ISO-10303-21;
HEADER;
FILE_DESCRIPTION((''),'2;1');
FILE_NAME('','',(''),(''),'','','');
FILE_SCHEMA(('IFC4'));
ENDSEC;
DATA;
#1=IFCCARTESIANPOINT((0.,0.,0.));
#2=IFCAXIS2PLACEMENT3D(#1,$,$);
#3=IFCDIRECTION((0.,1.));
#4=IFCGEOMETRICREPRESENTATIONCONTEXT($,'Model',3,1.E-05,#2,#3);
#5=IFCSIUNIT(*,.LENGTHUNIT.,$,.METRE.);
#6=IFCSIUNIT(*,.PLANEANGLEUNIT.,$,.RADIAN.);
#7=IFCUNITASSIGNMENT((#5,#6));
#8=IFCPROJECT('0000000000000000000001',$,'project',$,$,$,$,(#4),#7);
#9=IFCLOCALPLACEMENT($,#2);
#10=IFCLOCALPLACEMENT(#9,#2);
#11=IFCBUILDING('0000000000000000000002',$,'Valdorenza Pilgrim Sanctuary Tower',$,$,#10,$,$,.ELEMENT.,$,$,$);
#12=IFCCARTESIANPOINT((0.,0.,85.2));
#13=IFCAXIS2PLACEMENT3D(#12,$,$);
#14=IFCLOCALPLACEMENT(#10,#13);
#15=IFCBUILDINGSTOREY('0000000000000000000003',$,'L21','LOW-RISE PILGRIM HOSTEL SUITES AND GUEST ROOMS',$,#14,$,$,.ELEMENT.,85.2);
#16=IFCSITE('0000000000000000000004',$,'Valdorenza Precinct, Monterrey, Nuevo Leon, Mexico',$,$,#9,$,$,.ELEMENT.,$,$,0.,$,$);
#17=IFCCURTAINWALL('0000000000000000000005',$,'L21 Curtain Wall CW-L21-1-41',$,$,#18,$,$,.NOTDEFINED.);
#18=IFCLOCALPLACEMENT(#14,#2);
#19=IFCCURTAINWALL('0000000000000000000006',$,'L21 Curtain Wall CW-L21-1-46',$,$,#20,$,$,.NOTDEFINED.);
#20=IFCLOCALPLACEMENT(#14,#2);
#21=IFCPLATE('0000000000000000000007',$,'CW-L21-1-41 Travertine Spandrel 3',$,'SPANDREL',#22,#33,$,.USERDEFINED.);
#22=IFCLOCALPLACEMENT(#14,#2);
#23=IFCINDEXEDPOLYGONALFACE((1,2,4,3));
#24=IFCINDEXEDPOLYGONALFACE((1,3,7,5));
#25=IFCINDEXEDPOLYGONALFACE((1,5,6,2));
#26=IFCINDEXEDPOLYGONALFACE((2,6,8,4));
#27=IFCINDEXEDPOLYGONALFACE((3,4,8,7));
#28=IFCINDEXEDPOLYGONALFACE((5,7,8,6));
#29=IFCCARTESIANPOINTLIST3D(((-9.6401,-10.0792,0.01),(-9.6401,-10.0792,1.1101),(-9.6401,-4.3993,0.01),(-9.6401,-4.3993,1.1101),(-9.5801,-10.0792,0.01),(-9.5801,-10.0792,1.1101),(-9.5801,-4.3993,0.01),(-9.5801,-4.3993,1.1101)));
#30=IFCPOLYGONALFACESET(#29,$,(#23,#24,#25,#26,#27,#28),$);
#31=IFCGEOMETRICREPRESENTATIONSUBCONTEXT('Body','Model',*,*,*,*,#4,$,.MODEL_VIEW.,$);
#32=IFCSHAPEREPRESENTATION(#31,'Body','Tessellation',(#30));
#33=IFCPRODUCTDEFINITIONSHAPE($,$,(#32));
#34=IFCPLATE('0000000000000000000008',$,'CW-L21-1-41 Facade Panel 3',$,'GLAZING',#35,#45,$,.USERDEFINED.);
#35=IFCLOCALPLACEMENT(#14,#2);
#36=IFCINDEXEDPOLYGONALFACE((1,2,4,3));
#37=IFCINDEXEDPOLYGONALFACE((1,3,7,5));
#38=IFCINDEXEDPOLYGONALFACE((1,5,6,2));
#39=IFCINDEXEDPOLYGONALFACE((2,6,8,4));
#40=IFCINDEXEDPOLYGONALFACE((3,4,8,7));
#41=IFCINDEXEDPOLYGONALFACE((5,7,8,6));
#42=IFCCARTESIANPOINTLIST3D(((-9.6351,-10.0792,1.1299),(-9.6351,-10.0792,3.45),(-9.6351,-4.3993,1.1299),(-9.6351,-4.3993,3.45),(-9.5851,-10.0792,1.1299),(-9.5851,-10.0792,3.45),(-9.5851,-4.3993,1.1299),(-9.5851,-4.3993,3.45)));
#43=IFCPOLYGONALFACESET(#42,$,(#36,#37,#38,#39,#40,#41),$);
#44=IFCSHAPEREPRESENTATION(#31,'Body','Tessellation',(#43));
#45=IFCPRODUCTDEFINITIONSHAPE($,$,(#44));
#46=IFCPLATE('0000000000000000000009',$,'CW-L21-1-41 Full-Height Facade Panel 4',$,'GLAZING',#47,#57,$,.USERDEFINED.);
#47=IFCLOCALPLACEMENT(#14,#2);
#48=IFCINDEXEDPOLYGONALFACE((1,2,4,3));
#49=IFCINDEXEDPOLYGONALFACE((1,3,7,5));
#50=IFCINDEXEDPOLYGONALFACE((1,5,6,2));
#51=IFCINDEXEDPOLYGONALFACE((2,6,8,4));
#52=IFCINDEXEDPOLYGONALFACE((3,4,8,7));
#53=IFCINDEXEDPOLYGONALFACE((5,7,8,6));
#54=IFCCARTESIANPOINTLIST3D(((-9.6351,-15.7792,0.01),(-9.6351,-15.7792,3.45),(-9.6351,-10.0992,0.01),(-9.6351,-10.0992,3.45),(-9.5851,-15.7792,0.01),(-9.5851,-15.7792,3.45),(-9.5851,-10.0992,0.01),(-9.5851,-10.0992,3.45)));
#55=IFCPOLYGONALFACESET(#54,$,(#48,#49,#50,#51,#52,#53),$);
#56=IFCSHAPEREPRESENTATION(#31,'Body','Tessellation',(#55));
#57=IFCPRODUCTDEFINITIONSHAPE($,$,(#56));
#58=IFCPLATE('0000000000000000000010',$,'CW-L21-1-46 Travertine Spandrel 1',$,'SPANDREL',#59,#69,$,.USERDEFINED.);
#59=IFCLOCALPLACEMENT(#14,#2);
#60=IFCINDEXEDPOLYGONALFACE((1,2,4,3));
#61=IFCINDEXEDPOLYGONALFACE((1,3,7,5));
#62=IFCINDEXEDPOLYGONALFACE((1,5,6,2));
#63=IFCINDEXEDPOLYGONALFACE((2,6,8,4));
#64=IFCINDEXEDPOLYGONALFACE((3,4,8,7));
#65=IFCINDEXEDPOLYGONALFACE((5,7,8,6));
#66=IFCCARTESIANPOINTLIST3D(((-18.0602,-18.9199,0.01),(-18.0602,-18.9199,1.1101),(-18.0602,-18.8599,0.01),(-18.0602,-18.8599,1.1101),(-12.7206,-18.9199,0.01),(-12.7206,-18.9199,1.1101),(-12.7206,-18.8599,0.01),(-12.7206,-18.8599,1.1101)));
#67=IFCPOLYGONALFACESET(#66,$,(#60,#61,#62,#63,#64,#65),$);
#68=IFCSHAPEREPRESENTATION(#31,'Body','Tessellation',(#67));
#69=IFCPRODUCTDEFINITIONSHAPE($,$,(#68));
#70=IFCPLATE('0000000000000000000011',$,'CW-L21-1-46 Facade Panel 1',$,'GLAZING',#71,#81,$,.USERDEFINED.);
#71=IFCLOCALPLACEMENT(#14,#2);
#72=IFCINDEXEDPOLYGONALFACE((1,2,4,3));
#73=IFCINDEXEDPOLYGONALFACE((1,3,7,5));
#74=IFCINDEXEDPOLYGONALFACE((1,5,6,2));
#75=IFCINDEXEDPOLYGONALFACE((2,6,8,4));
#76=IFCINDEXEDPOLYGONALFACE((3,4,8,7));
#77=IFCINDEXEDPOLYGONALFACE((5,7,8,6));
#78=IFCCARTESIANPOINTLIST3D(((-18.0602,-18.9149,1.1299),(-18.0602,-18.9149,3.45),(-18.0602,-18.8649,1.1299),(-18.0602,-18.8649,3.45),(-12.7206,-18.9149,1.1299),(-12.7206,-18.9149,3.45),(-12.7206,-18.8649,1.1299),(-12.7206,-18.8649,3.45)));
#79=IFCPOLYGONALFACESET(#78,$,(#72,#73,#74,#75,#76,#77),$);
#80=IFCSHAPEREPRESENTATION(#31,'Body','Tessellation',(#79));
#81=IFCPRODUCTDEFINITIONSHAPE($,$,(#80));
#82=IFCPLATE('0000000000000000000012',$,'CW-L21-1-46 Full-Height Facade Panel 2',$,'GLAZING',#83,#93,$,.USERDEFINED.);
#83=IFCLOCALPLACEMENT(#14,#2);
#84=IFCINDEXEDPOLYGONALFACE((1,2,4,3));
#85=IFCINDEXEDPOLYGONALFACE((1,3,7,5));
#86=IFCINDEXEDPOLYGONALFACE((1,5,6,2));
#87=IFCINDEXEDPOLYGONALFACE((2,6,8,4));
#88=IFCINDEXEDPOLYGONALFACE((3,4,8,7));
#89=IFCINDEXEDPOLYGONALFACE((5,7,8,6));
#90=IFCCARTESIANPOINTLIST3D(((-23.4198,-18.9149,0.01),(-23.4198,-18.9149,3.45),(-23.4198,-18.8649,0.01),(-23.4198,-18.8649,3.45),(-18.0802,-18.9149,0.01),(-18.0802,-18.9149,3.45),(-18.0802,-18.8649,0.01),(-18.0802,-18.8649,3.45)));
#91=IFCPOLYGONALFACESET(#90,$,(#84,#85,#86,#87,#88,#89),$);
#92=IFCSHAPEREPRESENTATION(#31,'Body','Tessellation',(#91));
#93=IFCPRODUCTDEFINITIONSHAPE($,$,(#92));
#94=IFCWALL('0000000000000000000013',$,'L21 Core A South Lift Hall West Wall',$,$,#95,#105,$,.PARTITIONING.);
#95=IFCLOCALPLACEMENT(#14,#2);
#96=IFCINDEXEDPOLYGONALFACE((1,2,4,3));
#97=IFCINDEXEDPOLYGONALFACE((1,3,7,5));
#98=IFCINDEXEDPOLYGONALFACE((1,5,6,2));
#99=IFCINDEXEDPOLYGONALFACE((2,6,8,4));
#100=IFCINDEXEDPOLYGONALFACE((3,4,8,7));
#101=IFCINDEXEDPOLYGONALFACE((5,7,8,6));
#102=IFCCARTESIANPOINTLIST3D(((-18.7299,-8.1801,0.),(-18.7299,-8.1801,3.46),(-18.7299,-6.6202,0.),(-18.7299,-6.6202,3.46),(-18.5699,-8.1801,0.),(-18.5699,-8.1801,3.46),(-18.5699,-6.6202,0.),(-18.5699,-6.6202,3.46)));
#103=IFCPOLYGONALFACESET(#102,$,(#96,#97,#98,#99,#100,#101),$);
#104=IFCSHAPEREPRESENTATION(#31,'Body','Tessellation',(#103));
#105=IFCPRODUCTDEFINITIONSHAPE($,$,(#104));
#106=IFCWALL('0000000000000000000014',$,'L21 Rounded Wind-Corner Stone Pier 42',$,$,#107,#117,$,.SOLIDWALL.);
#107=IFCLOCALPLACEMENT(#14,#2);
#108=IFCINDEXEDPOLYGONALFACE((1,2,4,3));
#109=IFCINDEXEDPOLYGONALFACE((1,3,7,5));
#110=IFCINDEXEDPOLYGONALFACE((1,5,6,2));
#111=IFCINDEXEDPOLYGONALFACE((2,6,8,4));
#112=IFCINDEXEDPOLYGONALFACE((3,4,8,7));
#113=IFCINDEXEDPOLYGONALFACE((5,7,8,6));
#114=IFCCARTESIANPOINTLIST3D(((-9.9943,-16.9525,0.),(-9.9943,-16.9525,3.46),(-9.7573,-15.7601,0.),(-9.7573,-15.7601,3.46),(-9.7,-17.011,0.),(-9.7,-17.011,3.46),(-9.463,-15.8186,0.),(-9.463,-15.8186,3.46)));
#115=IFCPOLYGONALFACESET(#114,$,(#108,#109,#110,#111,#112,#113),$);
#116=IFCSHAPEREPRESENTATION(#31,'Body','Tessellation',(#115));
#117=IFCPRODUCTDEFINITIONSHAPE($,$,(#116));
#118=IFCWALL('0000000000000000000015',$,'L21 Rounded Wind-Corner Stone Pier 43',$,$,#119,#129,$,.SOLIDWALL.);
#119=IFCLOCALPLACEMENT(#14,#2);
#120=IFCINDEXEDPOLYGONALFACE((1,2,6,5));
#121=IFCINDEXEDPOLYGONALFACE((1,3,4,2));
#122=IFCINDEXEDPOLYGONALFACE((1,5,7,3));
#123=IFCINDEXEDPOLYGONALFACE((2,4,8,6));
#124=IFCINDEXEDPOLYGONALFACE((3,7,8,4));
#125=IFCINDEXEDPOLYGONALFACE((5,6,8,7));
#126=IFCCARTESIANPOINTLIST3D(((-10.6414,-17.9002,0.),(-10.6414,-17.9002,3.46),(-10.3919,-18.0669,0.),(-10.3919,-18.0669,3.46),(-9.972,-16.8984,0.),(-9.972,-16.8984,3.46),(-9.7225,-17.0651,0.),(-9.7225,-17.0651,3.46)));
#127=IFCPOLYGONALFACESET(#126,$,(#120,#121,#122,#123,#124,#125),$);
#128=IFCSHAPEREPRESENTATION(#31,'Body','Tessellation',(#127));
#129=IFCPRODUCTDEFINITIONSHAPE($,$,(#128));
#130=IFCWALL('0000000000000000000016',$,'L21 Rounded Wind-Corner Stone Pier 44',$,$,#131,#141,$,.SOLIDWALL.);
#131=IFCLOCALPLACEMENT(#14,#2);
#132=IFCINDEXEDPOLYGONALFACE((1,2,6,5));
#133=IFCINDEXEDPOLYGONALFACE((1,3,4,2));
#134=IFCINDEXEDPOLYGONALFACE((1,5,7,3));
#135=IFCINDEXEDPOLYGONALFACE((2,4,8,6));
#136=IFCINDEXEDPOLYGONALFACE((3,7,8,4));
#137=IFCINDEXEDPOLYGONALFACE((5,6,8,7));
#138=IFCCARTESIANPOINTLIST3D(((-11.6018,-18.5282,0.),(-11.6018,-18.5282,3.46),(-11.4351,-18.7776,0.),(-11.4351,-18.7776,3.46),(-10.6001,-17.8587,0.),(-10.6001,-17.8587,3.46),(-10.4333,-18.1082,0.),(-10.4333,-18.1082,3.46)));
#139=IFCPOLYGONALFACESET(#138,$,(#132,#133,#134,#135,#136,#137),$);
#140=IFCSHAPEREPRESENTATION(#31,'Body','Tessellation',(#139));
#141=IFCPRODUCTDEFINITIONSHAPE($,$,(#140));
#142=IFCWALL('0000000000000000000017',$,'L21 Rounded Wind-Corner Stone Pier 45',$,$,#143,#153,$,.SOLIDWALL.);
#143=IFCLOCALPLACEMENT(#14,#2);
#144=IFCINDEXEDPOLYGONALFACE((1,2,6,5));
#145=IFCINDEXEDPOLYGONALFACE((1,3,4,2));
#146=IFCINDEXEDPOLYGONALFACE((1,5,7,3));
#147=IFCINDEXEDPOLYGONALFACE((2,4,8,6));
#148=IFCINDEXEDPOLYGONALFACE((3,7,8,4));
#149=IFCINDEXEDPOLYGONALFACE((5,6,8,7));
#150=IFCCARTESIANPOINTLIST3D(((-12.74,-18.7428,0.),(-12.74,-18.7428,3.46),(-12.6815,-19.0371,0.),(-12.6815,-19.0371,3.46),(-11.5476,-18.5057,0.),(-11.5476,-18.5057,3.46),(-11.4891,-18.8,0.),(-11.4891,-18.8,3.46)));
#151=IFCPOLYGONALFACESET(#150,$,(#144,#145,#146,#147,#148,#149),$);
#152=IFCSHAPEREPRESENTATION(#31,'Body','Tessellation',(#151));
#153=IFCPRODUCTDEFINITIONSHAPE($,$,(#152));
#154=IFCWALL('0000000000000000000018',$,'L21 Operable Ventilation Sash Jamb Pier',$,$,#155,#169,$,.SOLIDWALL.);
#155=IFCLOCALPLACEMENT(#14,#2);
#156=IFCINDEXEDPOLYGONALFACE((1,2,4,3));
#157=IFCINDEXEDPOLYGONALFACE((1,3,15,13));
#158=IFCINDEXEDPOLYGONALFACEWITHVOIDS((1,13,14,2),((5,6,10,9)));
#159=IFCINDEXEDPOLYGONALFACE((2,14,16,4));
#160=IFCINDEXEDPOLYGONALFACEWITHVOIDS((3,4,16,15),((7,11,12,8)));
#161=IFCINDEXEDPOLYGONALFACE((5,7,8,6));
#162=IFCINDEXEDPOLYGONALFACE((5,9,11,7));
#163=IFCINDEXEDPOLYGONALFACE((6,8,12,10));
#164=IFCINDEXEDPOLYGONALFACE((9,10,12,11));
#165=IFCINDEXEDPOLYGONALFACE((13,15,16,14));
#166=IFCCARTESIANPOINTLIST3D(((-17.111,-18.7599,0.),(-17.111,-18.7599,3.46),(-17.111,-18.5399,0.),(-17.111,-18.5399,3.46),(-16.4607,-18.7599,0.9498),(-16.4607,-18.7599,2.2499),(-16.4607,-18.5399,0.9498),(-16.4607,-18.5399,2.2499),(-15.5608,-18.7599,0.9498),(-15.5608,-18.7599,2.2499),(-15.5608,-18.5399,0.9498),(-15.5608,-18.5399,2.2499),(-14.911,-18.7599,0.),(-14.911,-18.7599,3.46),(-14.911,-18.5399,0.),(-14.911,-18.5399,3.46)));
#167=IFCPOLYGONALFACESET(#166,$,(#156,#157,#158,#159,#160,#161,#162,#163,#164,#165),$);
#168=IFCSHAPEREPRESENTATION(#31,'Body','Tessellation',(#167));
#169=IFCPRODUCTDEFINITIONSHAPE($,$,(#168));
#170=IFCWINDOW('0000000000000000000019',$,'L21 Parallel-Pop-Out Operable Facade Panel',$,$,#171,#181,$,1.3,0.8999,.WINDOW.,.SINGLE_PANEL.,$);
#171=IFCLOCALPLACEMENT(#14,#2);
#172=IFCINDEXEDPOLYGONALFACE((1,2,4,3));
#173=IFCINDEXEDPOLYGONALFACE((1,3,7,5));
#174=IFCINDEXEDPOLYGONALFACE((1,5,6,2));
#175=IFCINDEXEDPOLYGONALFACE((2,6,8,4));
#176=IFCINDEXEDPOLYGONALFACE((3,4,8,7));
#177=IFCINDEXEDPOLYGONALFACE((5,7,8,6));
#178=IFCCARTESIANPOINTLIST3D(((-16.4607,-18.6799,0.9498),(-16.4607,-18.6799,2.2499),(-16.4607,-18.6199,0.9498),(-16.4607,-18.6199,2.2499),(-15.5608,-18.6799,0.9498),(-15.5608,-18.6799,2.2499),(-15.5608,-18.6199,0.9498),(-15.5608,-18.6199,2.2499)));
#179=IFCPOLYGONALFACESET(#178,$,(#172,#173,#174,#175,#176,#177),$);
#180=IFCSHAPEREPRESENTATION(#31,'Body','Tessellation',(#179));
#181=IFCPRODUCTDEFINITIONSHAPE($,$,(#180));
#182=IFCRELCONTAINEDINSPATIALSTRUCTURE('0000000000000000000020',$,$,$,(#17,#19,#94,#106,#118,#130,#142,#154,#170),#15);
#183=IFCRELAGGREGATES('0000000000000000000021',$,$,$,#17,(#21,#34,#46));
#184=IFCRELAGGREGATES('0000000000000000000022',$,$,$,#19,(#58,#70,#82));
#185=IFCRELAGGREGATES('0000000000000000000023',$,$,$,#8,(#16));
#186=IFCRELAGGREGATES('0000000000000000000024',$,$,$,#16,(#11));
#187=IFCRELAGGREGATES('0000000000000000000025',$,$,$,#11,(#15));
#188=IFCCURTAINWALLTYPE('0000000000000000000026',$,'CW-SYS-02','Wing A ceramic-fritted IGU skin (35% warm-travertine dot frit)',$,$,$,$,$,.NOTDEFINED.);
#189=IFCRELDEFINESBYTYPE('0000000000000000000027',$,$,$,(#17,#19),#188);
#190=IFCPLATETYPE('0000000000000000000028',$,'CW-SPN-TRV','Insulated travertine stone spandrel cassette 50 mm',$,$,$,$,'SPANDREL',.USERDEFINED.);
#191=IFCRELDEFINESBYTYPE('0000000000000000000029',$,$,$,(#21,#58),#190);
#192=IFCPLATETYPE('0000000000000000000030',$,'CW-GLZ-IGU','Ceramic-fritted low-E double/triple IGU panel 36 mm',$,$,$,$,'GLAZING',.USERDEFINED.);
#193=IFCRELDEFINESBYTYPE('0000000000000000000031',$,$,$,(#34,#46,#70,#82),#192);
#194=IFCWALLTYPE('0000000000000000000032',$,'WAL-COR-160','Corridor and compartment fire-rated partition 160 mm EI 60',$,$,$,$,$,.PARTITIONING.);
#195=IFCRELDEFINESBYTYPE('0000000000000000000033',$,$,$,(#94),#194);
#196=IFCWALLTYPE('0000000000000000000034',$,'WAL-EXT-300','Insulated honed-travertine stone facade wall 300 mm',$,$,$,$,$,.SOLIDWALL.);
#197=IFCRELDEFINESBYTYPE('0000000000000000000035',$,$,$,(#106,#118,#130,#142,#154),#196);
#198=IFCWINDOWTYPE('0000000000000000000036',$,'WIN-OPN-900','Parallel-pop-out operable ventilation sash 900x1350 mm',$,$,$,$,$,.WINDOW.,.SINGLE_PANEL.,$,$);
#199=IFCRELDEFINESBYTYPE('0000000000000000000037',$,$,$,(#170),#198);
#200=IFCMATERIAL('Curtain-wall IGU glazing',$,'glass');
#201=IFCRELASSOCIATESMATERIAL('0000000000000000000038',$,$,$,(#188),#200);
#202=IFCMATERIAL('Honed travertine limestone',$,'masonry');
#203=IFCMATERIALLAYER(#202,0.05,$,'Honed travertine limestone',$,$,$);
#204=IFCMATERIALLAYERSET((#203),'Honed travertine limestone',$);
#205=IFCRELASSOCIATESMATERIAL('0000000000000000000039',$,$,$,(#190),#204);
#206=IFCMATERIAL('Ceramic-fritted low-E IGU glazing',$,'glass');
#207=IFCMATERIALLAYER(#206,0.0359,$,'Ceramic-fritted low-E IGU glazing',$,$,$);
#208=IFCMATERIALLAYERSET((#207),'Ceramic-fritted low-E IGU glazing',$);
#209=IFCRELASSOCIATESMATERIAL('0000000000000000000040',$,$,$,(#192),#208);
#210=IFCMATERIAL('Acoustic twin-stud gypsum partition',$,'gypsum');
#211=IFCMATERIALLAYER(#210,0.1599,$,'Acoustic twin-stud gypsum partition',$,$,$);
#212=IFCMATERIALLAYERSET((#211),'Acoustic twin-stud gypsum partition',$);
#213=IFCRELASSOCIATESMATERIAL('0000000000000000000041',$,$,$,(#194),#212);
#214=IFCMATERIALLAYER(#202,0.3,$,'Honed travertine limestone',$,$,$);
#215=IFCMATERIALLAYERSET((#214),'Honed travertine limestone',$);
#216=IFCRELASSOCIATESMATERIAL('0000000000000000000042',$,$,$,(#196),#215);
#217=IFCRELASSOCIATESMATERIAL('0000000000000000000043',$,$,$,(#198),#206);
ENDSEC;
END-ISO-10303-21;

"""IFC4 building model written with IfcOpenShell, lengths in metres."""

from ifc_helpers import new_model, si_unit, direction, frame, frame_2d, origin, origin_2d, place, context, subcontext, project, spatial, rectangle, extrude, source, transform, mapped, material, layer, layer_set, type_object, element, fill, aggregate, save


model = new_model("IFC4")

# Units and contexts
model_context = context("Model", 3, precision=1e-05, world=origin(), true_north=direction((0.0, 1.0)))
body_context = subcontext(model_context, "Body", "Model", "MODEL_VIEW")
ifc_project = project(units=[si_unit("LENGTHUNIT", "METRE"), si_unit("PLANEANGLEUNIT", "RADIAN")], contexts=[model_context])

# Site, building, storey
site_placement = place(None, origin())
site = spatial("IfcSite", under=ifc_project, at=site_placement, Name="Valdorenza Precinct, Monterrey, Nuevo Leon, Mexico", CompositionType="ELEMENT", RefElevation=0.0)
building_placement = place(site_placement, origin())
building = spatial("IfcBuilding", under=site, at=building_placement, Name="Valdorenza Pilgrim Sanctuary Tower", CompositionType="ELEMENT")
storey_placement = place(building_placement, frame((0.0, 0.0, 85.2)))
storey = spatial("IfcBuildingStorey", under=building, at=storey_placement, Name="L21", Description="LOW-RISE PILGRIM HOSTEL SUITES AND GUEST ROOMS", CompositionType="ELEMENT", Elevation=85.2)

# Curtain walls
ifc_material_1 = material(Name="Curtain-wall IGU glazing", Category="glass")
curtain_wall_type = type_object("IfcCurtainWallType", Name="CW-SYS-02", Description="Wing A ceramic-fritted IGU skin (35% warm-travertine dot frit)", PredefinedType="NOTDEFINED", material=ifc_material_1)
curtain_wall_1_placement = place(storey_placement, origin())
curtain_wall_1 = element("IfcCurtainWall", 1, at=curtain_wall_1_placement, inside=storey, type_object=curtain_wall_type, Name="L21 Curtain Wall CW-L21-1-41", PredefinedType="NOTDEFINED")
curtain_wall_2_placement = place(storey_placement, origin())
curtain_wall_2 = element("IfcCurtainWall", 2, at=curtain_wall_2_placement, inside=storey, type_object=curtain_wall_type, Name="L21 Curtain Wall CW-L21-1-46", PredefinedType="NOTDEFINED")

# Plates
ifc_material_2 = material(Name="Honed travertine limestone", Category="masonry")
ifc_layer_1 = layer(ifc_material_2, 0.05, Name="Honed travertine limestone")
ifc_layer_set_1 = layer_set([ifc_layer_1], Name="Honed travertine limestone")
plate_type_1 = type_object("IfcPlateType", Name="CW-SPN-TRV", Description="Insulated travertine stone spandrel cassette 50 mm", ElementType="SPANDREL", PredefinedType="USERDEFINED", material=ifc_layer_set_1)
shared_shape_1 = source(origin(), body_context, "Body", "SweptSolid", [
    extrude(rectangle(XDim=5.6799, YDim=0.0601, at=origin_2d()), origin(), (0.0, 0.0, 1.0), 1.1001),
])
plate_1_placement = place(storey_placement, frame((-9.6101, -7.2393, 0.01), z_axis=(0.0, 0.0, 1.0), x_axis=(0.0, -1.0, 0.0)))
plate_1 = element("IfcPlate", 3, at=plate_1_placement, type_object=plate_type_1, Name="CW-L21-1-41 Travertine Spandrel 3", ObjectType="SPANDREL", PredefinedType="USERDEFINED", context=body_context, shape_type="MappedRepresentation", body=[
    mapped(shared_shape_1, transform((0.0, 0.0, 0.0), x_axis=(1.0, 0.0, 0.0), y_axis=(0.0, 1.0, 0.0), z_axis=(0.0, 0.0, 1.0), scale=1.0)),
])
ifc_material_3 = material(Name="Ceramic-fritted low-E IGU glazing", Category="glass")
ifc_layer_2 = layer(ifc_material_3, 0.0359, Name="Ceramic-fritted low-E IGU glazing")
ifc_layer_set_2 = layer_set([ifc_layer_2], Name="Ceramic-fritted low-E IGU glazing")
plate_type_2 = type_object("IfcPlateType", Name="CW-GLZ-IGU", Description="Ceramic-fritted low-E double/triple IGU panel 36 mm", ElementType="GLAZING", PredefinedType="USERDEFINED", material=ifc_layer_set_2)
shared_shape_2 = source(origin(), body_context, "Body", "SweptSolid", [
    extrude(rectangle(XDim=5.6799, YDim=0.05, at=origin_2d()), origin(), (0.0, 0.0, 1.0), 2.3201),
])
plate_2_placement = place(storey_placement, frame((-9.6101, -7.2393, 1.1299), z_axis=(0.0, 0.0, 1.0), x_axis=(0.0, -1.0, 0.0)))
plate_2 = element("IfcPlate", 4, at=plate_2_placement, type_object=plate_type_2, Name="CW-L21-1-41 Facade Panel 3", ObjectType="GLAZING", PredefinedType="USERDEFINED", context=body_context, shape_type="MappedRepresentation", body=[
    mapped(shared_shape_2, transform((0.0, 0.0, 0.0), x_axis=(1.0, 0.0, 0.0), y_axis=(0.0, 1.0, 0.0), z_axis=(0.0, 0.0, 1.0), scale=1.0)),
])
shared_shape_3 = source(origin(), body_context, "Body", "SweptSolid", [
    extrude(rectangle(XDim=5.6799, YDim=0.05, at=origin_2d()), origin(), (0.0, 0.0, 1.0), 3.4399),
])
plate_3_placement = place(storey_placement, frame((-9.6101, -12.9392, 0.01), z_axis=(0.0, 0.0, 1.0), x_axis=(0.0, -1.0, 0.0)))
plate_3 = element("IfcPlate", 5, at=plate_3_placement, type_object=plate_type_2, Name="CW-L21-1-41 Full-Height Facade Panel 4", ObjectType="GLAZING", PredefinedType="USERDEFINED", context=body_context, shape_type="MappedRepresentation", body=[
    mapped(shared_shape_3, transform((0.0, 0.0, 0.0), x_axis=(1.0, 0.0, 0.0), y_axis=(0.0, 1.0, 0.0), z_axis=(0.0, 0.0, 1.0), scale=1.0)),
])
aggregate(curtain_wall_1, [plate_1, plate_2, plate_3])
shared_shape_4 = source(origin(), body_context, "Body", "SweptSolid", [
    extrude(rectangle(XDim=5.3396, YDim=0.0601, at=origin_2d()), origin(), (0.0, 0.0, 1.0), 1.1001),
])
plate_4_placement = place(storey_placement, frame((-15.3904, -18.8899, 0.01), z_axis=(0.0, 0.0, 1.0), x_axis=(-1.0, 0.0, 0.0)))
plate_4 = element("IfcPlate", 6, at=plate_4_placement, type_object=plate_type_1, Name="CW-L21-1-46 Travertine Spandrel 1", ObjectType="SPANDREL", PredefinedType="USERDEFINED", context=body_context, shape_type="MappedRepresentation", body=[
    mapped(shared_shape_4, transform((0.0, 0.0, 0.0), x_axis=(1.0, 0.0, 0.0), y_axis=(0.0, 1.0, 0.0), z_axis=(0.0, 0.0, 1.0), scale=1.0)),
])
shared_shape_5 = source(origin(), body_context, "Body", "SweptSolid", [
    extrude(rectangle(XDim=5.3396, YDim=0.05, at=origin_2d()), origin(), (0.0, 0.0, 1.0), 2.3201),
])
plate_5_placement = place(storey_placement, frame((-15.3904, -18.8899, 1.1299), z_axis=(0.0, 0.0, 1.0), x_axis=(-1.0, 0.0, 0.0)))
plate_5 = element("IfcPlate", 7, at=plate_5_placement, type_object=plate_type_2, Name="CW-L21-1-46 Facade Panel 1", ObjectType="GLAZING", PredefinedType="USERDEFINED", context=body_context, shape_type="MappedRepresentation", body=[
    mapped(shared_shape_5, transform((0.0, 0.0, 0.0), x_axis=(1.0, 0.0, 0.0), y_axis=(0.0, 1.0, 0.0), z_axis=(0.0, 0.0, 1.0), scale=1.0)),
])
shared_shape_6 = source(origin(), body_context, "Body", "SweptSolid", [
    extrude(rectangle(XDim=5.3396, YDim=0.05, at=origin_2d()), origin(), (0.0, 0.0, 1.0), 3.4399),
])
plate_6_placement = place(storey_placement, frame((-20.75, -18.8899, 0.01), z_axis=(0.0, 0.0, 1.0), x_axis=(-1.0, 0.0, 0.0)))
plate_6 = element("IfcPlate", 8, at=plate_6_placement, type_object=plate_type_2, Name="CW-L21-1-46 Full-Height Facade Panel 2", ObjectType="GLAZING", PredefinedType="USERDEFINED", context=body_context, shape_type="MappedRepresentation", body=[
    mapped(shared_shape_6, transform((0.0, 0.0, 0.0), x_axis=(1.0, 0.0, 0.0), y_axis=(0.0, 1.0, 0.0), z_axis=(0.0, 0.0, 1.0), scale=1.0)),
])
aggregate(curtain_wall_2, [plate_4, plate_5, plate_6])

# Walls
ifc_material_4 = material(Name="Acoustic twin-stud gypsum partition", Category="gypsum")
ifc_layer_3 = layer(ifc_material_4, 0.1599, Name="Acoustic twin-stud gypsum partition")
ifc_layer_set_3 = layer_set([ifc_layer_3], Name="Acoustic twin-stud gypsum partition")
wall_type_1 = type_object("IfcWallType", Name="WAL-COR-160", Description="Corridor and compartment fire-rated partition 160 mm EI 60", PredefinedType="PARTITIONING", material=ifc_layer_set_3)
wall_1_placement = place(storey_placement, frame((-18.6499, -8.1799, 0.0), z_axis=(0.0, 0.0, 1.0), x_axis=(0.0, 1.0, 0.0)))
element("IfcWall", 9, at=wall_1_placement, inside=storey, type_object=wall_type_1, Name="L21 Core A South Lift Hall West Wall", PredefinedType="PARTITIONING", context=body_context, shape_type="SweptSolid", body=[
    extrude(rectangle(XDim=1.5598, YDim=0.1599, at=frame_2d((0.7798, 0.0))), origin(), (0.0, 0.0, 1.0), 3.46),
])
ifc_layer_4 = layer(ifc_material_2, 0.3, Name="Honed travertine limestone")
ifc_layer_set_4 = layer_set([ifc_layer_4], Name="Honed travertine limestone")
wall_type_2 = type_object("IfcWallType", Name="WAL-EXT-300", Description="Insulated honed-travertine stone facade wall 300 mm", PredefinedType="SOLIDWALL", material=ifc_layer_set_4)
wall_2_placement = place(storey_placement, frame((-9.6101, -15.7893, 0.0), z_axis=(0.0, 0.0, 1.0), x_axis=(-0.194996, -0.980804, 0.0)))
element("IfcWall", 10, at=wall_2_placement, inside=storey, type_object=wall_type_2, Name="L21 Rounded Wind-Corner Stone Pier 42", PredefinedType="SOLIDWALL", context=body_context, shape_type="SweptSolid", body=[
    extrude(rectangle(XDim=1.2158, YDim=0.3, at=frame_2d((0.6079, 0.0))), origin(), (0.0, 0.0, 1.0), 3.46),
])
for number, where, z_axis, x_axis, name in (
    (11, (-9.8472, -16.9817, 0.0), (0.0, 0.0, 1.0), (-0.555635, -0.831426, 0.0), "L21 Rounded Wind-Corner Stone Pier 43"),
    (12, (-10.5166, -17.9834, 0.0), (0.0, 0.0, 1.0), (-0.831426, -0.555635, 0.0), "L21 Rounded Wind-Corner Stone Pier 44"),
):
    element("IfcWall", number, at=place(storey_placement, frame(where, z_axis=z_axis, x_axis=x_axis)), inside=storey, type_object=wall_type_2, Name=name, PredefinedType="SOLIDWALL", context=body_context, shape_type="SweptSolid", body=[
        extrude(rectangle(XDim=1.2048, YDim=0.3, at=frame_2d((0.6025, 0.0))), origin(), (0.0, 0.0, 1.0), 3.46),
    ])
wall_3_placement = place(storey_placement, frame((-11.5183, -18.6528, 0.0), z_axis=(0.0, 0.0, 1.0), x_axis=(-0.980804, -0.194996, 0.0)))
element("IfcWall", 13, at=wall_3_placement, inside=storey, type_object=wall_type_2, Name="L21 Rounded Wind-Corner Stone Pier 45", PredefinedType="SOLIDWALL", context=body_context, shape_type="SweptSolid", body=[
    extrude(rectangle(XDim=1.2158, YDim=0.3, at=frame_2d((0.6079, 0.0))), origin(), (0.0, 0.0, 1.0), 3.46),
])

# Wall, opening, window
wall_4_placement = place(storey_placement, frame((-14.9109, -18.6499, 0.0), z_axis=(0.0, 0.0, 1.0), x_axis=(-1.0, 0.0, 0.0)))
wall_4 = element("IfcWall", 14, at=wall_4_placement, inside=storey, type_object=wall_type_2, Name="L21 Operable Ventilation Sash Jamb Pier", PredefinedType="SOLIDWALL", context=body_context, shape_type="SweptSolid", body=[
    extrude(rectangle(XDim=2.2, YDim=0.22, at=frame_2d((1.1001, 0.0))), origin(), (0.0, 0.0, 1.0), 3.46),
])
opening_1_placement = place(wall_4_placement, frame((0.6499, 0.0, 0.95)))
opening_1 = element("IfcOpeningElement", 15, at=opening_1_placement, cuts=wall_4, PredefinedType="OPENING", context=body_context, shape_type="SweptSolid", body=[
    extrude(rectangle(XDim=0.8999, YDim=1.3, at=frame_2d((0.45, 0.6499))), frame((0.0, 0.125, 0.0), z_axis=(0.0, -1.0, 0.0), x_axis=(1.0, 0.0, 0.0)), (0.0, 0.0, 1.0), 0.2498),
])
window_type = type_object("IfcWindowType", Name="WIN-OPN-900", Description="Parallel-pop-out operable ventilation sash 900x1350 mm", PartitioningType="SINGLE_PANEL", PredefinedType="WINDOW", material=ifc_material_3)
window_placement = place(opening_1_placement, origin())
window = element("IfcWindow", 16, at=window_placement, inside=storey, type_object=window_type, Name="L21 Parallel-Pop-Out Operable Facade Panel", OverallHeight=1.3, OverallWidth=0.8999, PartitioningType="SINGLE_PANEL", PredefinedType="WINDOW", context=body_context, shape_type="SweptSolid", body=[
    extrude(rectangle(XDim=0.8999, YDim=1.3, at=frame_2d((0.45, 0.6499))), frame((0.0, 0.03, 0.0), z_axis=(0.0, -1.0, 0.0), x_axis=(1.0, 0.0, 0.0)), (0.0, 0.0, 1.0), 0.0601),
])
fill(opening_1, window)

save(model, "model.ifc")
